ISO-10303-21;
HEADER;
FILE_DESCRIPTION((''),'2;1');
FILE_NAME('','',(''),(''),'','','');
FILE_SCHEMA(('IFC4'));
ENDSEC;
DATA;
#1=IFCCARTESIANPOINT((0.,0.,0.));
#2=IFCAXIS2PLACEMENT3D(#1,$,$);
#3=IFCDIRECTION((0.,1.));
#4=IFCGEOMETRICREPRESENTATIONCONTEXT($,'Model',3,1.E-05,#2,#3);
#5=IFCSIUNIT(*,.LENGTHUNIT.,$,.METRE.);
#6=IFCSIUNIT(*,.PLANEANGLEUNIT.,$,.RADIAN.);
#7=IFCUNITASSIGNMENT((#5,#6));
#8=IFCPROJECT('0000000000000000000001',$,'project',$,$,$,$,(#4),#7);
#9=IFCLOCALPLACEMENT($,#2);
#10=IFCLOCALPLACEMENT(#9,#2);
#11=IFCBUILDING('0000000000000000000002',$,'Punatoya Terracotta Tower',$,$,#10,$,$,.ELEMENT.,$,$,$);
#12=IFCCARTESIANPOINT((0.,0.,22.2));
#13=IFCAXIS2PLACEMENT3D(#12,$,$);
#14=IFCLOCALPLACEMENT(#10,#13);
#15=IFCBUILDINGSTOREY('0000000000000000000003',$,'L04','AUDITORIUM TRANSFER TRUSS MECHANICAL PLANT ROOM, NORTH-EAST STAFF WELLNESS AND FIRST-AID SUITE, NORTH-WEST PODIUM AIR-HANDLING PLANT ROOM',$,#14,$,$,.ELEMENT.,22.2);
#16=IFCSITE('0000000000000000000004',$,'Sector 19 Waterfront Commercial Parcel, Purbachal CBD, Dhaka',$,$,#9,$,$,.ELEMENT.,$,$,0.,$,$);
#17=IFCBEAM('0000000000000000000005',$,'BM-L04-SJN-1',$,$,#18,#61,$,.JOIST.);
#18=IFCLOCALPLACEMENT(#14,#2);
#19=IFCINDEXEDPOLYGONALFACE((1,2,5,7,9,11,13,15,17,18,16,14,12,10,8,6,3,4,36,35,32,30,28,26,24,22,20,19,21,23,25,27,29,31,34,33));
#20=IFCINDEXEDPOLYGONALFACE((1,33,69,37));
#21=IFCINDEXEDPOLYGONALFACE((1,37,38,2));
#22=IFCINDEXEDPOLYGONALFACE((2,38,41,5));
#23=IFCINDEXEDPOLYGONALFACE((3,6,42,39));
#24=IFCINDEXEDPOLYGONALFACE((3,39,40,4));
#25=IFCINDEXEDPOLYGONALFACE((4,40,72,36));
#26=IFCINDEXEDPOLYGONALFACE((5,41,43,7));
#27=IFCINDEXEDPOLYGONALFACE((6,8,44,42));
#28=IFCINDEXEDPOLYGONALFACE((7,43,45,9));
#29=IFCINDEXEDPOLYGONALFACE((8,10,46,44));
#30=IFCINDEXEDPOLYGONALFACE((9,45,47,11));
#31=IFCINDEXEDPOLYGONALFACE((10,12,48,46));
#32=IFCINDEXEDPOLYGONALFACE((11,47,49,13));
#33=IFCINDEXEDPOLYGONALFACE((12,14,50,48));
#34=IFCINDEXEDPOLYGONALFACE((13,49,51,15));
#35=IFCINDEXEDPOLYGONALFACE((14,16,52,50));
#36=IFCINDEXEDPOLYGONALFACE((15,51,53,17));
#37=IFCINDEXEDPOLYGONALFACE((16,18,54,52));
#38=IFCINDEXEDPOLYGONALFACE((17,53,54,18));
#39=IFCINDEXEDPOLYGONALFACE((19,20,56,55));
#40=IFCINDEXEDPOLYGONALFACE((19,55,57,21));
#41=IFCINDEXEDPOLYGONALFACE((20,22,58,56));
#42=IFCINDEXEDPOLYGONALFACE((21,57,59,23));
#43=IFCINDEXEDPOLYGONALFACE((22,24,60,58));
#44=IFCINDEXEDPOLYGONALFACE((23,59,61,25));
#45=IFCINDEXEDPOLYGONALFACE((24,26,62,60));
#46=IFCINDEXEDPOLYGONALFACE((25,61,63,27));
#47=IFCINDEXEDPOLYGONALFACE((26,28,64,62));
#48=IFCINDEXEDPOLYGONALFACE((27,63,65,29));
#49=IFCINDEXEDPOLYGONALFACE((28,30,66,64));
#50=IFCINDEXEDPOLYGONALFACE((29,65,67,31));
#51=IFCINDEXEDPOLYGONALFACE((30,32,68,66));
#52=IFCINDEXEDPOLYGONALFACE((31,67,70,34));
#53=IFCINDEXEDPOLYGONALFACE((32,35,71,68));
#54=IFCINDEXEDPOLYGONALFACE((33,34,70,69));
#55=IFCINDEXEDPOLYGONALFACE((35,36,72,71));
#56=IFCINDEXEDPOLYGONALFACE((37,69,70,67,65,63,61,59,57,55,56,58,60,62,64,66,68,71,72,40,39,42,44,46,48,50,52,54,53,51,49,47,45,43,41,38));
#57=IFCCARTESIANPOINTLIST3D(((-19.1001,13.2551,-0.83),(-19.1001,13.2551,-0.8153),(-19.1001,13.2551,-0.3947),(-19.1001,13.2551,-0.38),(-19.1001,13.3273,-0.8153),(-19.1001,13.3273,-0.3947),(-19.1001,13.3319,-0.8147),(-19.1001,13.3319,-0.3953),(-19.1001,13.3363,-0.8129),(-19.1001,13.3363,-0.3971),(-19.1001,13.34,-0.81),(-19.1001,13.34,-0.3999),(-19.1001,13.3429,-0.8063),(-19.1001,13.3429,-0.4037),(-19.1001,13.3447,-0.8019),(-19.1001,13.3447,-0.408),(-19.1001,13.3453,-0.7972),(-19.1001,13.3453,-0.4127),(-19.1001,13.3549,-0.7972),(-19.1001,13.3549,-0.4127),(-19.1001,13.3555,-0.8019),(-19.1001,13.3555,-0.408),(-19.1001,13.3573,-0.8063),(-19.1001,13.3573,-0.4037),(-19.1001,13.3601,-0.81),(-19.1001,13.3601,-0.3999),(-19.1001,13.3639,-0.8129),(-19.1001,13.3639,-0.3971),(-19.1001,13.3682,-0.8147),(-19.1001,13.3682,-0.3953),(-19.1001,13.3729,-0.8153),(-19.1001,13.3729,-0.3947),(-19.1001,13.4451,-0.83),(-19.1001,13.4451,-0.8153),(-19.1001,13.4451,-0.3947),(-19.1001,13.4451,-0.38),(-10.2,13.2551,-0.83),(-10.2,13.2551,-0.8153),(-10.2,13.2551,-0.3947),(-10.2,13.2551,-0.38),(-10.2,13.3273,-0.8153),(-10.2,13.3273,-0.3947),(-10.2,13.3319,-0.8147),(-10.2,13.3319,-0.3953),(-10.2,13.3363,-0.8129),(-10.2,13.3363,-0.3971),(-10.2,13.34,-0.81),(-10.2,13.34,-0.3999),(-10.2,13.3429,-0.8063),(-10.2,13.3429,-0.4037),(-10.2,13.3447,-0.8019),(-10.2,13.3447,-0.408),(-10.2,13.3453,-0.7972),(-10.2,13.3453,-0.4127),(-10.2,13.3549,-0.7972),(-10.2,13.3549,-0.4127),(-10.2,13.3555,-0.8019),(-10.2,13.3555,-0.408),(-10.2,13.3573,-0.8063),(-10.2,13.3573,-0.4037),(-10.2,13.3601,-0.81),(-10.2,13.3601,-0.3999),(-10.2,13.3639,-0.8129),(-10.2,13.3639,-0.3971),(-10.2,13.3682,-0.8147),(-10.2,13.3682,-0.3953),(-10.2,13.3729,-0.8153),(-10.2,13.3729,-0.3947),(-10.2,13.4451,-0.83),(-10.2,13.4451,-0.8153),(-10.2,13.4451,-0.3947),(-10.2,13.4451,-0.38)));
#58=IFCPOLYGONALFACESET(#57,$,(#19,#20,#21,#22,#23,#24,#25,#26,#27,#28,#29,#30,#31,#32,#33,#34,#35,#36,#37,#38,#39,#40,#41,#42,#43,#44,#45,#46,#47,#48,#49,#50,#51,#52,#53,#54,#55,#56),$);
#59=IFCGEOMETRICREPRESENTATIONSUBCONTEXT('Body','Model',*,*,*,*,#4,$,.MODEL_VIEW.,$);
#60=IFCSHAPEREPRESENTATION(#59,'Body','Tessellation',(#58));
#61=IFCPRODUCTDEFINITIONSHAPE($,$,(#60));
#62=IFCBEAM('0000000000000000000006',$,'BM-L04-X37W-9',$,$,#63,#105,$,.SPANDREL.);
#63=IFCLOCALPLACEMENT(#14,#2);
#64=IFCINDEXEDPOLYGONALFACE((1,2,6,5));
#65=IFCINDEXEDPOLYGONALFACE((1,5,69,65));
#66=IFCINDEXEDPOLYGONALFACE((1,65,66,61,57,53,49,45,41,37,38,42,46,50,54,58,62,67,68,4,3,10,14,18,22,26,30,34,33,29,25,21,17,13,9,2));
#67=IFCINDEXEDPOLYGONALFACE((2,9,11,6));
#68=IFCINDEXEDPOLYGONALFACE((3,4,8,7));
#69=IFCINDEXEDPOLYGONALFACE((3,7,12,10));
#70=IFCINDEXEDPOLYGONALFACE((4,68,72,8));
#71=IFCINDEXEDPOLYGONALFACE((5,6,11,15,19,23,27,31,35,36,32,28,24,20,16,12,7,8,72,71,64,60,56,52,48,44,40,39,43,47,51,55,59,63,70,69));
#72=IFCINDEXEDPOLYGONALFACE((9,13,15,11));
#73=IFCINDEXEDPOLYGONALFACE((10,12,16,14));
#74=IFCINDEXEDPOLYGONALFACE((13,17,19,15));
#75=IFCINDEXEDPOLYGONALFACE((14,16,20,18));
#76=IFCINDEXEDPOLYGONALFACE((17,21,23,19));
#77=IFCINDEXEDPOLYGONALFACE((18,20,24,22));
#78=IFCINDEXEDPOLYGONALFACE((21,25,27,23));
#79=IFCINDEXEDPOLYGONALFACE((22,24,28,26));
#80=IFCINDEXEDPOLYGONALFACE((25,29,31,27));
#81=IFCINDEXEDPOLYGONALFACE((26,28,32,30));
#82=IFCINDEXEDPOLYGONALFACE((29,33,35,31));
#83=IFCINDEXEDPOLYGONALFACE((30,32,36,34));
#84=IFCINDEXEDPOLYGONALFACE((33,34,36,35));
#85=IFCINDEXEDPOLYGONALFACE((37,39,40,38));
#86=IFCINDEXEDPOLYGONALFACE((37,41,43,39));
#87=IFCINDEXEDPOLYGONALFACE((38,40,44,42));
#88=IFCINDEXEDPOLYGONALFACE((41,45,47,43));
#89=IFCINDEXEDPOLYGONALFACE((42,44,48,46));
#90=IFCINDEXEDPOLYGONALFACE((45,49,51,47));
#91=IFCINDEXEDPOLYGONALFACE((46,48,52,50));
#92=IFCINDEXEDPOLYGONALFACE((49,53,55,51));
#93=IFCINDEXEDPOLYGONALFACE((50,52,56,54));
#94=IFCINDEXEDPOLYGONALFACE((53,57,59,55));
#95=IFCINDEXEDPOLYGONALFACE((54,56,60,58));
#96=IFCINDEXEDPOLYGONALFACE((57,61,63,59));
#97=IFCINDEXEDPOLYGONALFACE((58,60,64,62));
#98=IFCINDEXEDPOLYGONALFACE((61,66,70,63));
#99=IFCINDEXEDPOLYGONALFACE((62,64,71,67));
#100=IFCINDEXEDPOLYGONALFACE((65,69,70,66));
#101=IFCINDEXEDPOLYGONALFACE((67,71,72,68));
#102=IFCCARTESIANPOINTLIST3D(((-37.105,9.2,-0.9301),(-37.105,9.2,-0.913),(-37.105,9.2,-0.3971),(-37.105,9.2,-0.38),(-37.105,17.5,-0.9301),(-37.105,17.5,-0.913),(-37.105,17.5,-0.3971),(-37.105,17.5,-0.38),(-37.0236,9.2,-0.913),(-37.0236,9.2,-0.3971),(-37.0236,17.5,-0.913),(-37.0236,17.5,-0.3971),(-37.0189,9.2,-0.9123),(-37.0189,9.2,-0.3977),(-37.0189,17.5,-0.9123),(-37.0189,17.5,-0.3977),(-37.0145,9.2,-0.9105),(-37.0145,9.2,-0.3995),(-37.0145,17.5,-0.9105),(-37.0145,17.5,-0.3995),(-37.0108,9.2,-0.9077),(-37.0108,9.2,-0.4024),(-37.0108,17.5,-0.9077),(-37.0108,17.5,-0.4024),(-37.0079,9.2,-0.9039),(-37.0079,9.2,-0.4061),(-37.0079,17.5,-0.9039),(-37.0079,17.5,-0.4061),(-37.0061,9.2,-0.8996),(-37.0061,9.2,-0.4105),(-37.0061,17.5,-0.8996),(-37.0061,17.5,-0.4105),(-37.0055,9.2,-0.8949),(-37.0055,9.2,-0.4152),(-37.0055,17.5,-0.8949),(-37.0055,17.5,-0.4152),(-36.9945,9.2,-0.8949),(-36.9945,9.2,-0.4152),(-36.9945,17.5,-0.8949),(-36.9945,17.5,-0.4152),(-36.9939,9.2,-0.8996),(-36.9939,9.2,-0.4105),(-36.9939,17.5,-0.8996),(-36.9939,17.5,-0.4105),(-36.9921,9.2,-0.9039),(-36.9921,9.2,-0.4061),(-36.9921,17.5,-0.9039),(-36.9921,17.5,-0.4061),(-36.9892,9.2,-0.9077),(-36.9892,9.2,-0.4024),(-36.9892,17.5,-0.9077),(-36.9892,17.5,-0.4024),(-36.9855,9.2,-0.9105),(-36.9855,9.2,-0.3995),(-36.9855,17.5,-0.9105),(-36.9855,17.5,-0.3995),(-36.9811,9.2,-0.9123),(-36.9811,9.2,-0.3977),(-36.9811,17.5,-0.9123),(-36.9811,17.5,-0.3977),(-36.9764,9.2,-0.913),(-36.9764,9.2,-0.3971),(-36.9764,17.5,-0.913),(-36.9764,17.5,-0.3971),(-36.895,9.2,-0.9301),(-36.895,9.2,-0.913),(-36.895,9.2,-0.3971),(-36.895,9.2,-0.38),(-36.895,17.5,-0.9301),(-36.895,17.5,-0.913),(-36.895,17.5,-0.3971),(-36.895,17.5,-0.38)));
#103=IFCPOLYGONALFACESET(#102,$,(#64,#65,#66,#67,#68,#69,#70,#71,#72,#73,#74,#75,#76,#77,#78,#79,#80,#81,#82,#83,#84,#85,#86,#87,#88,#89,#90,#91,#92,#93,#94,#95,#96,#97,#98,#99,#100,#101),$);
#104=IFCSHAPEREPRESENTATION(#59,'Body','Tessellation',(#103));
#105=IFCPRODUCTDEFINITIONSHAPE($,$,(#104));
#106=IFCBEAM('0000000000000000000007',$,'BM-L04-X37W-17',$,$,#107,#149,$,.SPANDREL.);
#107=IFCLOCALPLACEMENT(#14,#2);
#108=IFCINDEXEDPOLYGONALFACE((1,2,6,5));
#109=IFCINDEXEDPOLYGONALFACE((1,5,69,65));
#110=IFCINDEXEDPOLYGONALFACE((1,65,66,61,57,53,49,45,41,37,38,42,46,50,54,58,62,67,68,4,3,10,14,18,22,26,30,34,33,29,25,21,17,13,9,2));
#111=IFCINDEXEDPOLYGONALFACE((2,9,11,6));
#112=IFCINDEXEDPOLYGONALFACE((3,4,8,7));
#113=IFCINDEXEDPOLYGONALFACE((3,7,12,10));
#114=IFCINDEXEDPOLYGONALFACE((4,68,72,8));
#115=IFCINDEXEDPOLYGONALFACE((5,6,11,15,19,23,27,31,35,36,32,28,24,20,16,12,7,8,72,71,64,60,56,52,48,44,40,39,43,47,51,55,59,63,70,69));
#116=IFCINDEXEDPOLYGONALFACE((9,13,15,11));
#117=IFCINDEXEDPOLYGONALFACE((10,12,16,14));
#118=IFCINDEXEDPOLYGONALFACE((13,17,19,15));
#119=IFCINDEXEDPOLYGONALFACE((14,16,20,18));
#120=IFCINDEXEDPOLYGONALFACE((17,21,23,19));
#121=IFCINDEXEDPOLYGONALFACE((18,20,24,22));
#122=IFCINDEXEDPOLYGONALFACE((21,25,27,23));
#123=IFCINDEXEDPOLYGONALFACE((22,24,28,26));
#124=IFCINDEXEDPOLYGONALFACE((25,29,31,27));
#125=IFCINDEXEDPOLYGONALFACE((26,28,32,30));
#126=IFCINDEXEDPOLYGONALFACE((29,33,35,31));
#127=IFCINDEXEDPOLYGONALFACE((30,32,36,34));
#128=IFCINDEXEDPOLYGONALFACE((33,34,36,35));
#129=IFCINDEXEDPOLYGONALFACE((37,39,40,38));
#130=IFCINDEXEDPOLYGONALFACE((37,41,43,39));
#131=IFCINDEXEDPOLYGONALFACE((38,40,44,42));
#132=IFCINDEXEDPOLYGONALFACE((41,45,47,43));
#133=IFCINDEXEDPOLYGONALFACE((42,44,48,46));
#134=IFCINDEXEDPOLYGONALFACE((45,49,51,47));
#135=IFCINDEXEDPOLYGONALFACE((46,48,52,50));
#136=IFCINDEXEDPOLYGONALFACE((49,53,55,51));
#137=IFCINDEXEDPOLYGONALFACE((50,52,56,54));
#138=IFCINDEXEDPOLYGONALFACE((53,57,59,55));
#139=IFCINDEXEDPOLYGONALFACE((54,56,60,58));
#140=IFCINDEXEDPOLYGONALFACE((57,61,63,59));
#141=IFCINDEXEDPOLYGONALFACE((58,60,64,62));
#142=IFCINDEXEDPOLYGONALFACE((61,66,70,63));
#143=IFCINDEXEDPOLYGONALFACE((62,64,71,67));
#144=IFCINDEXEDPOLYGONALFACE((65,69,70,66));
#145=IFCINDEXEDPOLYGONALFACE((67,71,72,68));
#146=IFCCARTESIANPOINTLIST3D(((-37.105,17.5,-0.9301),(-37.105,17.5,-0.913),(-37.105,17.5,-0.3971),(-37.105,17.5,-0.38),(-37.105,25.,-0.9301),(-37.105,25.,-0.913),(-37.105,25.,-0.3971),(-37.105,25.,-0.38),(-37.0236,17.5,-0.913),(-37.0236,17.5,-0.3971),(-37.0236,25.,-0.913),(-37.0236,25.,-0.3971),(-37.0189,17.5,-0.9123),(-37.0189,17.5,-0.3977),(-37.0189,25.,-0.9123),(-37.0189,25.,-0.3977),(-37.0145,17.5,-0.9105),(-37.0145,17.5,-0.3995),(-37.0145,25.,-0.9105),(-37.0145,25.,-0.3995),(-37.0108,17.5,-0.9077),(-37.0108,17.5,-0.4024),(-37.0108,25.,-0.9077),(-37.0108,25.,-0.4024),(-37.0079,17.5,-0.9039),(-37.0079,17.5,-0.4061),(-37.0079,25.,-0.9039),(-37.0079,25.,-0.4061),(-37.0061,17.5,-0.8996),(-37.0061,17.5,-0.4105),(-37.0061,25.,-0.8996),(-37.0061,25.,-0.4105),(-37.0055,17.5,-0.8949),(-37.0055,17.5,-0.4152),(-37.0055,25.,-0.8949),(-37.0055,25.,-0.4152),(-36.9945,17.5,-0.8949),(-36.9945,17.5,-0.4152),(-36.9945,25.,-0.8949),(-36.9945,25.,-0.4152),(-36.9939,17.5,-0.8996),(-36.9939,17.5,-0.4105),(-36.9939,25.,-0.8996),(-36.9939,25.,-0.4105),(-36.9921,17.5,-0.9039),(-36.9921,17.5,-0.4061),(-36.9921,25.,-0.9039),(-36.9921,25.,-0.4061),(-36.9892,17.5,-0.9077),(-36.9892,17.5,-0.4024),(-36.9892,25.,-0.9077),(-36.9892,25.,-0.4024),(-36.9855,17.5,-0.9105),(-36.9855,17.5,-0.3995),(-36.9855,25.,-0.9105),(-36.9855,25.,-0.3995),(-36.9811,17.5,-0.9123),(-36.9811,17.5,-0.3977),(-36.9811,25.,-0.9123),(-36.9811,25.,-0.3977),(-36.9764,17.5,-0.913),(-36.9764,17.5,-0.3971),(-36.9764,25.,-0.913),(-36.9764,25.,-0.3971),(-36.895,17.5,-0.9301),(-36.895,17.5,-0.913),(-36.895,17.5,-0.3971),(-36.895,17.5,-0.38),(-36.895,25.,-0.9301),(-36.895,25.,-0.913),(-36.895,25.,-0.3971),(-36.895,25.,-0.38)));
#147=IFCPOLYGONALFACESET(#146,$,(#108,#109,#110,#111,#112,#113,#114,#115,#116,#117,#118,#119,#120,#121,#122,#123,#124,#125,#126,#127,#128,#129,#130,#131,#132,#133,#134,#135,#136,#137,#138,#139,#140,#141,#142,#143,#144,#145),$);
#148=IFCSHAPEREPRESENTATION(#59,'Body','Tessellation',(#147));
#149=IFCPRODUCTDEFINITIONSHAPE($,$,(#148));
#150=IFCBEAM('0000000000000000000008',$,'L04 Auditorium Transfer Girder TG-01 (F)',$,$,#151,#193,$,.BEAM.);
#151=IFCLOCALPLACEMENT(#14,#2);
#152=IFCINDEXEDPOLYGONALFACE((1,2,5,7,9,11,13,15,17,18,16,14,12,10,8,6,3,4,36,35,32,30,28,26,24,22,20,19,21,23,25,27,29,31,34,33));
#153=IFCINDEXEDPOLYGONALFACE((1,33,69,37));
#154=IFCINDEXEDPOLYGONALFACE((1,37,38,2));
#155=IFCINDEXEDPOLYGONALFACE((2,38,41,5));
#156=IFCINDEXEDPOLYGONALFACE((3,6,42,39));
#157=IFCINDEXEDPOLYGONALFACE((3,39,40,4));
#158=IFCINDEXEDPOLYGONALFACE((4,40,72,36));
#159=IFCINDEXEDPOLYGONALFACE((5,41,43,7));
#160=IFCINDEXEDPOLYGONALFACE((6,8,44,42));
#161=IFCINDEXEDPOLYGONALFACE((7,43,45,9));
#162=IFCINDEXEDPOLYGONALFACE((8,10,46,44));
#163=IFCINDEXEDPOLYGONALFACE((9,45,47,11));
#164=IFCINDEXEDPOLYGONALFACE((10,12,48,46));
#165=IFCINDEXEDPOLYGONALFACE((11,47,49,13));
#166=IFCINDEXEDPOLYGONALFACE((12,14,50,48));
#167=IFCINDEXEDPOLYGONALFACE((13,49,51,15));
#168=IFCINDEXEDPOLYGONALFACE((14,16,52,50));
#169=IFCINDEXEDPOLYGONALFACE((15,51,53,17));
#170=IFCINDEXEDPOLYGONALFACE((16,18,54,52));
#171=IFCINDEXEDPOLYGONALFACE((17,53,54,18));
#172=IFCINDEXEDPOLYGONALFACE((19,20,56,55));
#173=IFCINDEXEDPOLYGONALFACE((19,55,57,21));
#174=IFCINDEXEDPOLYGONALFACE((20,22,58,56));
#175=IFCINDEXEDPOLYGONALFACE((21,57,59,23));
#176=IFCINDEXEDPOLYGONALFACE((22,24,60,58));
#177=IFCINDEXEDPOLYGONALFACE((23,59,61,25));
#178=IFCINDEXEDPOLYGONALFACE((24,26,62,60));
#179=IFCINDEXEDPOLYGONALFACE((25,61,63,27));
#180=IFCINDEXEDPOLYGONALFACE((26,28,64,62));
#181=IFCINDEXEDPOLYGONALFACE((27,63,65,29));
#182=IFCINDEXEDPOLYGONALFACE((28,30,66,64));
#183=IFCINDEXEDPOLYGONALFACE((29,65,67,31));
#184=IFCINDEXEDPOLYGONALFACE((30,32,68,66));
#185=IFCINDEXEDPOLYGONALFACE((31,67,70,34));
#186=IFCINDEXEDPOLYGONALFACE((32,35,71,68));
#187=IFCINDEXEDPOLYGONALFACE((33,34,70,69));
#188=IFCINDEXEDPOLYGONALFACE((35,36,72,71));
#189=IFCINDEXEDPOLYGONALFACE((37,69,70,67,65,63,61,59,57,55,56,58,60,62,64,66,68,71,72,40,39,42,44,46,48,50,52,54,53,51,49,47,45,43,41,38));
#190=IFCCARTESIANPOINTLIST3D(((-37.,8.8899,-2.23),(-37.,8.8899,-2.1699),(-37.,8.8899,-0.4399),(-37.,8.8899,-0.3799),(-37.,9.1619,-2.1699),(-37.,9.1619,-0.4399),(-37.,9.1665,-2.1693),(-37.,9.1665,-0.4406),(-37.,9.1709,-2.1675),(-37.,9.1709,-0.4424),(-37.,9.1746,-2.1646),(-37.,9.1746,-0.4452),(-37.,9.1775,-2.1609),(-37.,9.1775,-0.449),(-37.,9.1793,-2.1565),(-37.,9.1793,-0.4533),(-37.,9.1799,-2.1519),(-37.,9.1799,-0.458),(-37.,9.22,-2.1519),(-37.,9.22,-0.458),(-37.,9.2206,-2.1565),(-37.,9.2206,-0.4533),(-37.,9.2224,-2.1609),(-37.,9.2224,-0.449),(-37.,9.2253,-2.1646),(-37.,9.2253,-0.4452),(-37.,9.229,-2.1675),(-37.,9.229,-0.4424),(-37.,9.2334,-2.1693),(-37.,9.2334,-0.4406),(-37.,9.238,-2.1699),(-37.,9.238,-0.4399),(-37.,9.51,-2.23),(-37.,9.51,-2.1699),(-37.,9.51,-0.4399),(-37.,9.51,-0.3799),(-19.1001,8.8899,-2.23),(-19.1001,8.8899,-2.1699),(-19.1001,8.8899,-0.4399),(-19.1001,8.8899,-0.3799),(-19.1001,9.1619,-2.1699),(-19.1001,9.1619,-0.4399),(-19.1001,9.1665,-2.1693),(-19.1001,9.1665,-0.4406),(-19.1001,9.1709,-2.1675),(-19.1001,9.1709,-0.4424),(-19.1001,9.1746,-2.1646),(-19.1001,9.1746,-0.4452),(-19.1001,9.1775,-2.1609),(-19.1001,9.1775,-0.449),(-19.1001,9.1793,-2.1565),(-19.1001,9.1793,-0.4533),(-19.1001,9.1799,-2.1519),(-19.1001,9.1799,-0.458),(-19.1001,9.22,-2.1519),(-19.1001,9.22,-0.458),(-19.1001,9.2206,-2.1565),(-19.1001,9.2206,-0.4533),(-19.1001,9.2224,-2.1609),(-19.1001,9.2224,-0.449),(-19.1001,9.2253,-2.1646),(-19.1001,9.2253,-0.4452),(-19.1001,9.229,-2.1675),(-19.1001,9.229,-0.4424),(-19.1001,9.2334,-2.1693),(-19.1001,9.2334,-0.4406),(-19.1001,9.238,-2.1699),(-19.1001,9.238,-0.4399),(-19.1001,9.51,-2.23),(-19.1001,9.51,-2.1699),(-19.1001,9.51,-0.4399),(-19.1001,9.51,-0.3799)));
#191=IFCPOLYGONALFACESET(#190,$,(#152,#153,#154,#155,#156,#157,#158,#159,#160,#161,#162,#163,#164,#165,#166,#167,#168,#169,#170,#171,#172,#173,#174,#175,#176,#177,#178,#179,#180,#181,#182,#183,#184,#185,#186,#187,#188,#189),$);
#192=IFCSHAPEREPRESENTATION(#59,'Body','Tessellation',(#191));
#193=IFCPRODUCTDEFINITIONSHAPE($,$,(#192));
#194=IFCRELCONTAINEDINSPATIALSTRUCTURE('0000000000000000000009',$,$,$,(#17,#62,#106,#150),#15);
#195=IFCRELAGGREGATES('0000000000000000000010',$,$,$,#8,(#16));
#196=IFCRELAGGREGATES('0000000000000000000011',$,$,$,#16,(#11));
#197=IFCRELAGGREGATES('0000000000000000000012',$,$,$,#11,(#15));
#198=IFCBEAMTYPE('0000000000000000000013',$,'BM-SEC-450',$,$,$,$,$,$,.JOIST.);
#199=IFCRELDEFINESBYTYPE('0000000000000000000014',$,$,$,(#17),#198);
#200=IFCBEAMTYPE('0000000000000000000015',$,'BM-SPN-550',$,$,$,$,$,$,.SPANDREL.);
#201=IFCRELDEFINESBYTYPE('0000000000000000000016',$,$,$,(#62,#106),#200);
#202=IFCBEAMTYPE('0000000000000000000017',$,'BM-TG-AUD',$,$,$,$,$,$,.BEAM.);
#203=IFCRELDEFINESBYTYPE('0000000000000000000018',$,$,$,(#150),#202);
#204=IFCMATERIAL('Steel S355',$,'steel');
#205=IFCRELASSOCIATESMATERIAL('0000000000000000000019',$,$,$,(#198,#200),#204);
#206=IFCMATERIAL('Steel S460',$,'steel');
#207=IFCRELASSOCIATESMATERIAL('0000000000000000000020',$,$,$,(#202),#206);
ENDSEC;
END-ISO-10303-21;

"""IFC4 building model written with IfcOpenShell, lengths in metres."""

from ifc_helpers import new_model, si_unit, direction, frame, origin, origin_2d, place, context, subcontext, project, spatial, i_section, extrude, material, material_profile, profile_set, type_object, element, save


model = new_model("IFC4")

# Units and contexts
model_context = context("Model", 3, precision=1e-05, world=origin(), true_north=direction((0.0, 1.0)))
body_context = subcontext(model_context, "Body", "Model", "MODEL_VIEW")
ifc_project = project(units=[si_unit("LENGTHUNIT", "METRE"), si_unit("PLANEANGLEUNIT", "RADIAN")], contexts=[model_context])

# Site, building, storey
site_placement = place(None, origin())
site = spatial("IfcSite", under=ifc_project, at=site_placement, Name="Sector 19 Waterfront Commercial Parcel, Purbachal CBD, Dhaka", CompositionType="ELEMENT", RefElevation=0.0)
building_placement = place(site_placement, origin())
building = spatial("IfcBuilding", under=site, at=building_placement, Name="Punatoya Terracotta Tower", CompositionType="ELEMENT")
storey_placement = place(building_placement, frame((0.0, 0.0, 22.2)))
storey = spatial("IfcBuildingStorey", under=building, at=storey_placement, Name="L04", Description="AUDITORIUM TRANSFER TRUSS MECHANICAL PLANT ROOM, NORTH-EAST STAFF WELLNESS AND FIRST-AID SUITE, NORTH-WEST PODIUM AIR-HANDLING PLANT ROOM", CompositionType="ELEMENT", Elevation=22.2)

# Shared definitions
ifc_material_1 = material(Name="Steel S460", Category="steel")

# Beams
ifc_material_2 = material(Name="Steel S355", Category="steel")
ifc_material_profile_1 = material_profile(ifc_material_2, i_section(OverallWidth=0.1899, OverallDepth=0.45, WebThickness=0.0095, FlangeThickness=0.0146, FilletRadius=0.0181, at=origin_2d()))
ifc_profile_set_1 = profile_set([ifc_material_profile_1], Name="Steel S355")
beam_type_1 = type_object("IfcBeamType", Name="BM-SEC-450", PredefinedType="JOIST", material=ifc_profile_set_1)
beam_1_placement = place(storey_placement, frame((-19.1001, 13.3501, -0.605), z_axis=(1.0, 0.0, 0.0), x_axis=(0.0, 1.0, 0.0)))
element("IfcBeam", 1, at=beam_1_placement, inside=storey, type_object=beam_type_1, Name="BM-L04-SJN-1", PredefinedType="JOIST", context=body_context, shape_type="SweptSolid", body=[
    extrude(i_section(OverallWidth=0.1899, OverallDepth=0.45, WebThickness=0.0095, FlangeThickness=0.0146, FilletRadius=0.0181, at=origin_2d()), origin(), (0.0, 0.0, 1.0), 8.9001),
])
ifc_material_profile_2 = material_profile(ifc_material_2, i_section(OverallWidth=0.21, OverallDepth=0.55, WebThickness=0.011, FlangeThickness=0.0171, FilletRadius=0.0181, at=origin_2d()))
ifc_profile_set_2 = profile_set([ifc_material_profile_2], Name="Steel S355")
beam_type_2 = type_object("IfcBeamType", Name="BM-SPN-550", PredefinedType="SPANDREL", material=ifc_profile_set_2)
beam_2_placement = place(storey_placement, frame((-37.0, 9.2, -0.655), z_axis=(0.0, 1.0, 0.0), x_axis=(-1.0, 0.0, 0.0)))
element("IfcBeam", 2, at=beam_2_placement, inside=storey, type_object=beam_type_2, Name="BM-L04-X37W-9", PredefinedType="SPANDREL", context=body_context, shape_type="SweptSolid", body=[
    extrude(i_section(OverallWidth=0.21, OverallDepth=0.55, WebThickness=0.011, FlangeThickness=0.0171, FilletRadius=0.0181, at=origin_2d()), origin(), (0.0, 0.0, 1.0), 8.3),
])
beam_3_placement = place(storey_placement, frame((-37.0, 17.5, -0.655), z_axis=(0.0, 1.0, 0.0), x_axis=(-1.0, 0.0, 0.0)))
element("IfcBeam", 3, at=beam_3_placement, inside=storey, type_object=beam_type_2, Name="BM-L04-X37W-17", PredefinedType="SPANDREL", context=body_context, shape_type="SweptSolid", body=[
    extrude(i_section(OverallWidth=0.21, OverallDepth=0.55, WebThickness=0.011, FlangeThickness=0.0171, FilletRadius=0.0181, at=origin_2d()), origin(), (0.0, 0.0, 1.0), 7.5),
])
ifc_material_profile_3 = material_profile(ifc_material_1, i_section(OverallWidth=0.6201, OverallDepth=1.8501, WebThickness=0.04, FlangeThickness=0.0601, FilletRadius=0.0181, at=origin_2d()))
ifc_profile_set_3 = profile_set([ifc_material_profile_3], Name="Steel S460")
beam_type_3 = type_object("IfcBeamType", Name="BM-TG-AUD", PredefinedType="BEAM", material=ifc_profile_set_3)
for number, where, z_axis, x_axis, name in (
    (4, (-37.0, 9.2, -1.3049), (1.0, 0.0, 0.0), (0.0, 1.0, 0.0), "L04 Auditorium Transfer Girder TG-01 (F)"),
):
    element("IfcBeam", number, at=place(storey_placement, frame(where, z_axis=z_axis, x_axis=x_axis)), inside=storey, type_object=beam_type_3, Name=name, PredefinedType="BEAM", context=body_context, shape_type="SweptSolid", body=[
        extrude(i_section(OverallWidth=0.6201, OverallDepth=1.8501, WebThickness=0.04, FlangeThickness=0.0601, FilletRadius=0.0181, at=origin_2d()), origin(), (0.0, 0.0, 1.0), 17.8999),
    ])

save(model, "model.ifc")
